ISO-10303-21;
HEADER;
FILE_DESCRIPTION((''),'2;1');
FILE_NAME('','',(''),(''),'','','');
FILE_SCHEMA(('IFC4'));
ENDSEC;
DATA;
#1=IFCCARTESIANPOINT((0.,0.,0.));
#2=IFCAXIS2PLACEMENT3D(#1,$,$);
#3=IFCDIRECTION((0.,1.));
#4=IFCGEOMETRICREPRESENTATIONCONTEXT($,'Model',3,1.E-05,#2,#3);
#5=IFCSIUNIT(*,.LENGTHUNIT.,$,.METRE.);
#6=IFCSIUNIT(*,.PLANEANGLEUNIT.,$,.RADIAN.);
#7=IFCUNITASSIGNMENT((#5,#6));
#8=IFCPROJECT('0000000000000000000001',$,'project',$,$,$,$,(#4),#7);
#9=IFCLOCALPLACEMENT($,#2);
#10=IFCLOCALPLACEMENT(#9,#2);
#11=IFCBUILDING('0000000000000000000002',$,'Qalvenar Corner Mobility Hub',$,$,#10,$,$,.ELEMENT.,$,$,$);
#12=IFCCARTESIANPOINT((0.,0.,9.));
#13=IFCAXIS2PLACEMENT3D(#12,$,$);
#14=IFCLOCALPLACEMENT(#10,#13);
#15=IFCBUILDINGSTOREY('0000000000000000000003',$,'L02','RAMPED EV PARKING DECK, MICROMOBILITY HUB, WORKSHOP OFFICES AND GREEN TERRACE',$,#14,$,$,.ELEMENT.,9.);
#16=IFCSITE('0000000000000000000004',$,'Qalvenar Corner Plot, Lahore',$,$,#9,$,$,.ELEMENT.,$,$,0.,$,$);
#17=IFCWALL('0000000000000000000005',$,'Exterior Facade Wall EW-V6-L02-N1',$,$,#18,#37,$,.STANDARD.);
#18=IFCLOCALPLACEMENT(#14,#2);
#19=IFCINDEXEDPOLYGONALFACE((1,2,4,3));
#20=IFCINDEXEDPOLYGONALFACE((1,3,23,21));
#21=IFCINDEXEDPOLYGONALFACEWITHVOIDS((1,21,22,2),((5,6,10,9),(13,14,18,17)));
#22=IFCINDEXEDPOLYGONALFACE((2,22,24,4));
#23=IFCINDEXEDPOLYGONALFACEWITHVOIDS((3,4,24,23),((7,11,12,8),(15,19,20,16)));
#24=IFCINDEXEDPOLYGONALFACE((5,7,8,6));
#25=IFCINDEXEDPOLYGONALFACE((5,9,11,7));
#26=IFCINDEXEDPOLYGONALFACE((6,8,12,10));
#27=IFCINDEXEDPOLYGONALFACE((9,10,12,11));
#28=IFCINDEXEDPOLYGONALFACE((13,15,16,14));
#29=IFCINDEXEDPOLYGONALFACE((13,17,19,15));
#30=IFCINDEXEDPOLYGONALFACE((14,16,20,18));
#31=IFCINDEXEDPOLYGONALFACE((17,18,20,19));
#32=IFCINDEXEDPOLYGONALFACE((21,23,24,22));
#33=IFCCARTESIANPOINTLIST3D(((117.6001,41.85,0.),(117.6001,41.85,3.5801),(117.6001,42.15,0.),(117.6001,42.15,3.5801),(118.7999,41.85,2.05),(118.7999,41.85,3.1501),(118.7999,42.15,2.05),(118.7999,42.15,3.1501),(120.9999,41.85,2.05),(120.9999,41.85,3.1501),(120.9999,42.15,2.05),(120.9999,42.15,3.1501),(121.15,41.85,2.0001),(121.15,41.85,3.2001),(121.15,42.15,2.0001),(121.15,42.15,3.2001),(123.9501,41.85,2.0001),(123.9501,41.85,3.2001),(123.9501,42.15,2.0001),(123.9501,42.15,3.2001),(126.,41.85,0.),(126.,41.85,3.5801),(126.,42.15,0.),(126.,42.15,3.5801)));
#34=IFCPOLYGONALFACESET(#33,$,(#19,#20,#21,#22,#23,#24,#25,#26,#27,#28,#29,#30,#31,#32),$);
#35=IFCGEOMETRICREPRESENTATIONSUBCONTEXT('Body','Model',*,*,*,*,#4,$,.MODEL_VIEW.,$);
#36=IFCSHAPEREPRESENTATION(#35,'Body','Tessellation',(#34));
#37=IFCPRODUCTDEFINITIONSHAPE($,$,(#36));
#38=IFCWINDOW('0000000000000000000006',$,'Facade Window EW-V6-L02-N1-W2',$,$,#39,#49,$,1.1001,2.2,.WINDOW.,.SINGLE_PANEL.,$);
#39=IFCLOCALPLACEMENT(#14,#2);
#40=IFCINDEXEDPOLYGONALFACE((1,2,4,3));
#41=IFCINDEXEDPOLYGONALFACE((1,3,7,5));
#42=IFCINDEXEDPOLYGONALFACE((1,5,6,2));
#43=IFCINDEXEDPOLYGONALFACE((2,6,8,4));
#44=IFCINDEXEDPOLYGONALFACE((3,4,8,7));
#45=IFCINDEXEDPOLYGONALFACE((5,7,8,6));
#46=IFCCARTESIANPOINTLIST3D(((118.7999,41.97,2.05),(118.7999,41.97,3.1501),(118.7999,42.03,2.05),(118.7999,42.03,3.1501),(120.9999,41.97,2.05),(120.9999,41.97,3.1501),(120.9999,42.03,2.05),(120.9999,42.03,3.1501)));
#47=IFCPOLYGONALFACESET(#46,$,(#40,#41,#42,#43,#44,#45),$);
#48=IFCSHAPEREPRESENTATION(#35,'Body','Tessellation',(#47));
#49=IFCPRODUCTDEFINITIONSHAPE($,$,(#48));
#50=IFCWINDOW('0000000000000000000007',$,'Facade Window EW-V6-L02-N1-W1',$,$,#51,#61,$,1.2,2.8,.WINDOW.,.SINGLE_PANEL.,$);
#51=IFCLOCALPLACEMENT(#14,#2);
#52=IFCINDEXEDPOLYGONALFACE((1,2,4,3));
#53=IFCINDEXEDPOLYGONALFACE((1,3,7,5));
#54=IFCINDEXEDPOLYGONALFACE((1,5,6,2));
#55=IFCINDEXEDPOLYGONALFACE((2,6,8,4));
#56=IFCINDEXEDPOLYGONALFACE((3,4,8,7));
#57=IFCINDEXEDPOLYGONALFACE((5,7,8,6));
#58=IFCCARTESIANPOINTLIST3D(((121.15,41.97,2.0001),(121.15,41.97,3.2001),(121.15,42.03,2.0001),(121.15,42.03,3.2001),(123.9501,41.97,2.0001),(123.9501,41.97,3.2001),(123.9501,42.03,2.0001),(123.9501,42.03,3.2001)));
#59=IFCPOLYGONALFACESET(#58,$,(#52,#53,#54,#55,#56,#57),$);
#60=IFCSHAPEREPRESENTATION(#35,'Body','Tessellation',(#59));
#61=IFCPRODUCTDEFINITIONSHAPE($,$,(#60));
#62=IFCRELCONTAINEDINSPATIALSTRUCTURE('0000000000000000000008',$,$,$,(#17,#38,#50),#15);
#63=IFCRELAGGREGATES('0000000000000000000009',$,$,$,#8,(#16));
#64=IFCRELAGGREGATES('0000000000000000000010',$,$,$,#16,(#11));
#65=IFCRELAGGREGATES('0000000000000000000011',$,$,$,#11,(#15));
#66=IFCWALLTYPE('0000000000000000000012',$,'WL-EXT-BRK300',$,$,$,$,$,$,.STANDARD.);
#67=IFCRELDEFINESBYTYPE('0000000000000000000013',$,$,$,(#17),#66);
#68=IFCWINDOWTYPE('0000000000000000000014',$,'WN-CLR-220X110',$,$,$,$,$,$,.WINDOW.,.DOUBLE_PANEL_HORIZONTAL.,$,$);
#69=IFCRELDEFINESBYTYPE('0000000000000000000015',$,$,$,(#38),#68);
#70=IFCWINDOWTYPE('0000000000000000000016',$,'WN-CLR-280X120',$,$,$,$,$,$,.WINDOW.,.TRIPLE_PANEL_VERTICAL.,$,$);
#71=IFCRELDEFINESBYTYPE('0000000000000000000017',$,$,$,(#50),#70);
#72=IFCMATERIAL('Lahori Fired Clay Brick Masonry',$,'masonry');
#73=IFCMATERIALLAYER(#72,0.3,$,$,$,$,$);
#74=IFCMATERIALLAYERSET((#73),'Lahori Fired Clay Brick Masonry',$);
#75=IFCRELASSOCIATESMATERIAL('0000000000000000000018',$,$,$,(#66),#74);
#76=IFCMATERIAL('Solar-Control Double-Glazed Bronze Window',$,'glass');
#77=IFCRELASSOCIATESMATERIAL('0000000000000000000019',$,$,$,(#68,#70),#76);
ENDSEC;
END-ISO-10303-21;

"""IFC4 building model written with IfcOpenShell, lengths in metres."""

from ifc_helpers import new_model, si_unit, direction, frame, frame_2d, origin, place, context, subcontext, project, spatial, rectangle, extrude, material, layer, layer_set, type_object, element, fill, save


model = new_model("IFC4")

# Units and contexts
model_context = context("Model", 3, precision=1e-05, world=origin(), true_north=direction((0.0, 1.0)))
body_context = subcontext(model_context, "Body", "Model", "MODEL_VIEW")
ifc_project = project(units=[si_unit("LENGTHUNIT", "METRE"), si_unit("PLANEANGLEUNIT", "RADIAN")], contexts=[model_context])

# Site, building, storey
site_placement = place(None, origin())
site = spatial("IfcSite", under=ifc_project, at=site_placement, Name="Qalvenar Corner Plot, Lahore", CompositionType="ELEMENT", RefElevation=0.0)
building_placement = place(site_placement, origin())
building = spatial("IfcBuilding", under=site, at=building_placement, Name="Qalvenar Corner Mobility Hub", CompositionType="ELEMENT")
storey_placement = place(building_placement, frame((0.0, 0.0, 9.0)))
storey = spatial("IfcBuildingStorey", under=building, at=storey_placement, Name="L02", Description="RAMPED EV PARKING DECK, MICROMOBILITY HUB, WORKSHOP OFFICES AND GREEN TERRACE", CompositionType="ELEMENT", Elevation=9.0)

# Wall, openings, windows
ifc_material_1 = material(Name="Lahori Fired Clay Brick Masonry", Category="masonry")
ifc_layer_1 = layer(ifc_material_1, 0.3)
ifc_layer_set_1 = layer_set([ifc_layer_1], Name="Lahori Fired Clay Brick Masonry")
wall_type = type_object("IfcWallType", Name="WL-EXT-BRK300", PredefinedType="STANDARD", material=ifc_layer_set_1)
wall_placement = place(storey_placement, frame((126.0, 42.0, 0.0), z_axis=(0.0, 0.0, 1.0), x_axis=(-1.0, 0.0, 0.0)))
wall = element("IfcWall", 1, at=wall_placement, inside=storey, type_object=wall_type, Name="Exterior Facade Wall EW-V6-L02-N1", PredefinedType="STANDARD", context=body_context, shape_type="SweptSolid", body=[
    extrude(rectangle(XDim=8.3999, YDim=0.3, at=frame_2d((4.2, 0.0))), origin(), (0.0, 0.0, 1.0), 3.5801),
])
opening_1_placement = place(wall_placement, frame((2.05, 0.0, 2.0)))
opening_1 = element("IfcOpeningElement", 2, at=opening_1_placement, cuts=wall, PredefinedType="OPENING", context=body_context, shape_type="SweptSolid", body=[
    extrude(rectangle(XDim=2.8, YDim=1.2, at=frame_2d((1.3999, 0.6001))), frame((0.0, 0.1602, 0.0), z_axis=(0.0, -1.0, 0.0), x_axis=(1.0, 0.0, 0.0)), (0.0, 0.0, 1.0), 0.3201),
])
opening_2_placement = place(wall_placement, frame((5.0, 0.0, 2.05)))
opening_2 = element("IfcOpeningElement", 3, at=opening_2_placement, cuts=wall, PredefinedType="OPENING", context=body_context, shape_type="SweptSolid", body=[
    extrude(rectangle(XDim=2.2, YDim=1.1001, at=frame_2d((1.1001, 0.55))), frame((0.0, 0.1602, 0.0), z_axis=(0.0, -1.0, 0.0), x_axis=(1.0, 0.0, 0.0)), (0.0, 0.0, 1.0), 0.3201),
])
ifc_material_2 = material(Name="Solar-Control Double-Glazed Bronze Window", Category="glass")
window_type_1 = type_object("IfcWindowType", Name="WN-CLR-220X110", PartitioningType="DOUBLE_PANEL_HORIZONTAL", PredefinedType="WINDOW", material=ifc_material_2)
window_1_placement = place(opening_2_placement, origin())
window_1 = element("IfcWindow", 4, at=window_1_placement, inside=storey, type_object=window_type_1, Name="Facade Window EW-V6-L02-N1-W2", OverallHeight=1.1001, OverallWidth=2.2, PartitioningType="SINGLE_PANEL", PredefinedType="WINDOW", context=body_context, shape_type="SweptSolid", body=[
    extrude(rectangle(XDim=2.2, YDim=1.1001, at=frame_2d((1.1001, 0.55))), frame((0.0, 0.03, 0.0), z_axis=(0.0, -1.0, 0.0), x_axis=(1.0, 0.0, 0.0)), (0.0, 0.0, 1.0), 0.0601),
])
fill(opening_2, window_1)
window_type_2 = type_object("IfcWindowType", Name="WN-CLR-280X120", PartitioningType="TRIPLE_PANEL_VERTICAL", PredefinedType="WINDOW", material=ifc_material_2)
window_2_placement = place(opening_1_placement, origin())
window_2 = element("IfcWindow", 5, at=window_2_placement, inside=storey, type_object=window_type_2, Name="Facade Window EW-V6-L02-N1-W1", OverallHeight=1.2, OverallWidth=2.8, PartitioningType="SINGLE_PANEL", PredefinedType="WINDOW", context=body_context, shape_type="SweptSolid", body=[
    extrude(rectangle(XDim=2.8, YDim=1.2, at=frame_2d((1.3999, 0.6001))), frame((0.0, 0.03, 0.0), z_axis=(0.0, -1.0, 0.0), x_axis=(1.0, 0.0, 0.0)), (0.0, 0.0, 1.0), 0.0601),
])
fill(opening_1, window_2)

save(model, "model.ifc")
